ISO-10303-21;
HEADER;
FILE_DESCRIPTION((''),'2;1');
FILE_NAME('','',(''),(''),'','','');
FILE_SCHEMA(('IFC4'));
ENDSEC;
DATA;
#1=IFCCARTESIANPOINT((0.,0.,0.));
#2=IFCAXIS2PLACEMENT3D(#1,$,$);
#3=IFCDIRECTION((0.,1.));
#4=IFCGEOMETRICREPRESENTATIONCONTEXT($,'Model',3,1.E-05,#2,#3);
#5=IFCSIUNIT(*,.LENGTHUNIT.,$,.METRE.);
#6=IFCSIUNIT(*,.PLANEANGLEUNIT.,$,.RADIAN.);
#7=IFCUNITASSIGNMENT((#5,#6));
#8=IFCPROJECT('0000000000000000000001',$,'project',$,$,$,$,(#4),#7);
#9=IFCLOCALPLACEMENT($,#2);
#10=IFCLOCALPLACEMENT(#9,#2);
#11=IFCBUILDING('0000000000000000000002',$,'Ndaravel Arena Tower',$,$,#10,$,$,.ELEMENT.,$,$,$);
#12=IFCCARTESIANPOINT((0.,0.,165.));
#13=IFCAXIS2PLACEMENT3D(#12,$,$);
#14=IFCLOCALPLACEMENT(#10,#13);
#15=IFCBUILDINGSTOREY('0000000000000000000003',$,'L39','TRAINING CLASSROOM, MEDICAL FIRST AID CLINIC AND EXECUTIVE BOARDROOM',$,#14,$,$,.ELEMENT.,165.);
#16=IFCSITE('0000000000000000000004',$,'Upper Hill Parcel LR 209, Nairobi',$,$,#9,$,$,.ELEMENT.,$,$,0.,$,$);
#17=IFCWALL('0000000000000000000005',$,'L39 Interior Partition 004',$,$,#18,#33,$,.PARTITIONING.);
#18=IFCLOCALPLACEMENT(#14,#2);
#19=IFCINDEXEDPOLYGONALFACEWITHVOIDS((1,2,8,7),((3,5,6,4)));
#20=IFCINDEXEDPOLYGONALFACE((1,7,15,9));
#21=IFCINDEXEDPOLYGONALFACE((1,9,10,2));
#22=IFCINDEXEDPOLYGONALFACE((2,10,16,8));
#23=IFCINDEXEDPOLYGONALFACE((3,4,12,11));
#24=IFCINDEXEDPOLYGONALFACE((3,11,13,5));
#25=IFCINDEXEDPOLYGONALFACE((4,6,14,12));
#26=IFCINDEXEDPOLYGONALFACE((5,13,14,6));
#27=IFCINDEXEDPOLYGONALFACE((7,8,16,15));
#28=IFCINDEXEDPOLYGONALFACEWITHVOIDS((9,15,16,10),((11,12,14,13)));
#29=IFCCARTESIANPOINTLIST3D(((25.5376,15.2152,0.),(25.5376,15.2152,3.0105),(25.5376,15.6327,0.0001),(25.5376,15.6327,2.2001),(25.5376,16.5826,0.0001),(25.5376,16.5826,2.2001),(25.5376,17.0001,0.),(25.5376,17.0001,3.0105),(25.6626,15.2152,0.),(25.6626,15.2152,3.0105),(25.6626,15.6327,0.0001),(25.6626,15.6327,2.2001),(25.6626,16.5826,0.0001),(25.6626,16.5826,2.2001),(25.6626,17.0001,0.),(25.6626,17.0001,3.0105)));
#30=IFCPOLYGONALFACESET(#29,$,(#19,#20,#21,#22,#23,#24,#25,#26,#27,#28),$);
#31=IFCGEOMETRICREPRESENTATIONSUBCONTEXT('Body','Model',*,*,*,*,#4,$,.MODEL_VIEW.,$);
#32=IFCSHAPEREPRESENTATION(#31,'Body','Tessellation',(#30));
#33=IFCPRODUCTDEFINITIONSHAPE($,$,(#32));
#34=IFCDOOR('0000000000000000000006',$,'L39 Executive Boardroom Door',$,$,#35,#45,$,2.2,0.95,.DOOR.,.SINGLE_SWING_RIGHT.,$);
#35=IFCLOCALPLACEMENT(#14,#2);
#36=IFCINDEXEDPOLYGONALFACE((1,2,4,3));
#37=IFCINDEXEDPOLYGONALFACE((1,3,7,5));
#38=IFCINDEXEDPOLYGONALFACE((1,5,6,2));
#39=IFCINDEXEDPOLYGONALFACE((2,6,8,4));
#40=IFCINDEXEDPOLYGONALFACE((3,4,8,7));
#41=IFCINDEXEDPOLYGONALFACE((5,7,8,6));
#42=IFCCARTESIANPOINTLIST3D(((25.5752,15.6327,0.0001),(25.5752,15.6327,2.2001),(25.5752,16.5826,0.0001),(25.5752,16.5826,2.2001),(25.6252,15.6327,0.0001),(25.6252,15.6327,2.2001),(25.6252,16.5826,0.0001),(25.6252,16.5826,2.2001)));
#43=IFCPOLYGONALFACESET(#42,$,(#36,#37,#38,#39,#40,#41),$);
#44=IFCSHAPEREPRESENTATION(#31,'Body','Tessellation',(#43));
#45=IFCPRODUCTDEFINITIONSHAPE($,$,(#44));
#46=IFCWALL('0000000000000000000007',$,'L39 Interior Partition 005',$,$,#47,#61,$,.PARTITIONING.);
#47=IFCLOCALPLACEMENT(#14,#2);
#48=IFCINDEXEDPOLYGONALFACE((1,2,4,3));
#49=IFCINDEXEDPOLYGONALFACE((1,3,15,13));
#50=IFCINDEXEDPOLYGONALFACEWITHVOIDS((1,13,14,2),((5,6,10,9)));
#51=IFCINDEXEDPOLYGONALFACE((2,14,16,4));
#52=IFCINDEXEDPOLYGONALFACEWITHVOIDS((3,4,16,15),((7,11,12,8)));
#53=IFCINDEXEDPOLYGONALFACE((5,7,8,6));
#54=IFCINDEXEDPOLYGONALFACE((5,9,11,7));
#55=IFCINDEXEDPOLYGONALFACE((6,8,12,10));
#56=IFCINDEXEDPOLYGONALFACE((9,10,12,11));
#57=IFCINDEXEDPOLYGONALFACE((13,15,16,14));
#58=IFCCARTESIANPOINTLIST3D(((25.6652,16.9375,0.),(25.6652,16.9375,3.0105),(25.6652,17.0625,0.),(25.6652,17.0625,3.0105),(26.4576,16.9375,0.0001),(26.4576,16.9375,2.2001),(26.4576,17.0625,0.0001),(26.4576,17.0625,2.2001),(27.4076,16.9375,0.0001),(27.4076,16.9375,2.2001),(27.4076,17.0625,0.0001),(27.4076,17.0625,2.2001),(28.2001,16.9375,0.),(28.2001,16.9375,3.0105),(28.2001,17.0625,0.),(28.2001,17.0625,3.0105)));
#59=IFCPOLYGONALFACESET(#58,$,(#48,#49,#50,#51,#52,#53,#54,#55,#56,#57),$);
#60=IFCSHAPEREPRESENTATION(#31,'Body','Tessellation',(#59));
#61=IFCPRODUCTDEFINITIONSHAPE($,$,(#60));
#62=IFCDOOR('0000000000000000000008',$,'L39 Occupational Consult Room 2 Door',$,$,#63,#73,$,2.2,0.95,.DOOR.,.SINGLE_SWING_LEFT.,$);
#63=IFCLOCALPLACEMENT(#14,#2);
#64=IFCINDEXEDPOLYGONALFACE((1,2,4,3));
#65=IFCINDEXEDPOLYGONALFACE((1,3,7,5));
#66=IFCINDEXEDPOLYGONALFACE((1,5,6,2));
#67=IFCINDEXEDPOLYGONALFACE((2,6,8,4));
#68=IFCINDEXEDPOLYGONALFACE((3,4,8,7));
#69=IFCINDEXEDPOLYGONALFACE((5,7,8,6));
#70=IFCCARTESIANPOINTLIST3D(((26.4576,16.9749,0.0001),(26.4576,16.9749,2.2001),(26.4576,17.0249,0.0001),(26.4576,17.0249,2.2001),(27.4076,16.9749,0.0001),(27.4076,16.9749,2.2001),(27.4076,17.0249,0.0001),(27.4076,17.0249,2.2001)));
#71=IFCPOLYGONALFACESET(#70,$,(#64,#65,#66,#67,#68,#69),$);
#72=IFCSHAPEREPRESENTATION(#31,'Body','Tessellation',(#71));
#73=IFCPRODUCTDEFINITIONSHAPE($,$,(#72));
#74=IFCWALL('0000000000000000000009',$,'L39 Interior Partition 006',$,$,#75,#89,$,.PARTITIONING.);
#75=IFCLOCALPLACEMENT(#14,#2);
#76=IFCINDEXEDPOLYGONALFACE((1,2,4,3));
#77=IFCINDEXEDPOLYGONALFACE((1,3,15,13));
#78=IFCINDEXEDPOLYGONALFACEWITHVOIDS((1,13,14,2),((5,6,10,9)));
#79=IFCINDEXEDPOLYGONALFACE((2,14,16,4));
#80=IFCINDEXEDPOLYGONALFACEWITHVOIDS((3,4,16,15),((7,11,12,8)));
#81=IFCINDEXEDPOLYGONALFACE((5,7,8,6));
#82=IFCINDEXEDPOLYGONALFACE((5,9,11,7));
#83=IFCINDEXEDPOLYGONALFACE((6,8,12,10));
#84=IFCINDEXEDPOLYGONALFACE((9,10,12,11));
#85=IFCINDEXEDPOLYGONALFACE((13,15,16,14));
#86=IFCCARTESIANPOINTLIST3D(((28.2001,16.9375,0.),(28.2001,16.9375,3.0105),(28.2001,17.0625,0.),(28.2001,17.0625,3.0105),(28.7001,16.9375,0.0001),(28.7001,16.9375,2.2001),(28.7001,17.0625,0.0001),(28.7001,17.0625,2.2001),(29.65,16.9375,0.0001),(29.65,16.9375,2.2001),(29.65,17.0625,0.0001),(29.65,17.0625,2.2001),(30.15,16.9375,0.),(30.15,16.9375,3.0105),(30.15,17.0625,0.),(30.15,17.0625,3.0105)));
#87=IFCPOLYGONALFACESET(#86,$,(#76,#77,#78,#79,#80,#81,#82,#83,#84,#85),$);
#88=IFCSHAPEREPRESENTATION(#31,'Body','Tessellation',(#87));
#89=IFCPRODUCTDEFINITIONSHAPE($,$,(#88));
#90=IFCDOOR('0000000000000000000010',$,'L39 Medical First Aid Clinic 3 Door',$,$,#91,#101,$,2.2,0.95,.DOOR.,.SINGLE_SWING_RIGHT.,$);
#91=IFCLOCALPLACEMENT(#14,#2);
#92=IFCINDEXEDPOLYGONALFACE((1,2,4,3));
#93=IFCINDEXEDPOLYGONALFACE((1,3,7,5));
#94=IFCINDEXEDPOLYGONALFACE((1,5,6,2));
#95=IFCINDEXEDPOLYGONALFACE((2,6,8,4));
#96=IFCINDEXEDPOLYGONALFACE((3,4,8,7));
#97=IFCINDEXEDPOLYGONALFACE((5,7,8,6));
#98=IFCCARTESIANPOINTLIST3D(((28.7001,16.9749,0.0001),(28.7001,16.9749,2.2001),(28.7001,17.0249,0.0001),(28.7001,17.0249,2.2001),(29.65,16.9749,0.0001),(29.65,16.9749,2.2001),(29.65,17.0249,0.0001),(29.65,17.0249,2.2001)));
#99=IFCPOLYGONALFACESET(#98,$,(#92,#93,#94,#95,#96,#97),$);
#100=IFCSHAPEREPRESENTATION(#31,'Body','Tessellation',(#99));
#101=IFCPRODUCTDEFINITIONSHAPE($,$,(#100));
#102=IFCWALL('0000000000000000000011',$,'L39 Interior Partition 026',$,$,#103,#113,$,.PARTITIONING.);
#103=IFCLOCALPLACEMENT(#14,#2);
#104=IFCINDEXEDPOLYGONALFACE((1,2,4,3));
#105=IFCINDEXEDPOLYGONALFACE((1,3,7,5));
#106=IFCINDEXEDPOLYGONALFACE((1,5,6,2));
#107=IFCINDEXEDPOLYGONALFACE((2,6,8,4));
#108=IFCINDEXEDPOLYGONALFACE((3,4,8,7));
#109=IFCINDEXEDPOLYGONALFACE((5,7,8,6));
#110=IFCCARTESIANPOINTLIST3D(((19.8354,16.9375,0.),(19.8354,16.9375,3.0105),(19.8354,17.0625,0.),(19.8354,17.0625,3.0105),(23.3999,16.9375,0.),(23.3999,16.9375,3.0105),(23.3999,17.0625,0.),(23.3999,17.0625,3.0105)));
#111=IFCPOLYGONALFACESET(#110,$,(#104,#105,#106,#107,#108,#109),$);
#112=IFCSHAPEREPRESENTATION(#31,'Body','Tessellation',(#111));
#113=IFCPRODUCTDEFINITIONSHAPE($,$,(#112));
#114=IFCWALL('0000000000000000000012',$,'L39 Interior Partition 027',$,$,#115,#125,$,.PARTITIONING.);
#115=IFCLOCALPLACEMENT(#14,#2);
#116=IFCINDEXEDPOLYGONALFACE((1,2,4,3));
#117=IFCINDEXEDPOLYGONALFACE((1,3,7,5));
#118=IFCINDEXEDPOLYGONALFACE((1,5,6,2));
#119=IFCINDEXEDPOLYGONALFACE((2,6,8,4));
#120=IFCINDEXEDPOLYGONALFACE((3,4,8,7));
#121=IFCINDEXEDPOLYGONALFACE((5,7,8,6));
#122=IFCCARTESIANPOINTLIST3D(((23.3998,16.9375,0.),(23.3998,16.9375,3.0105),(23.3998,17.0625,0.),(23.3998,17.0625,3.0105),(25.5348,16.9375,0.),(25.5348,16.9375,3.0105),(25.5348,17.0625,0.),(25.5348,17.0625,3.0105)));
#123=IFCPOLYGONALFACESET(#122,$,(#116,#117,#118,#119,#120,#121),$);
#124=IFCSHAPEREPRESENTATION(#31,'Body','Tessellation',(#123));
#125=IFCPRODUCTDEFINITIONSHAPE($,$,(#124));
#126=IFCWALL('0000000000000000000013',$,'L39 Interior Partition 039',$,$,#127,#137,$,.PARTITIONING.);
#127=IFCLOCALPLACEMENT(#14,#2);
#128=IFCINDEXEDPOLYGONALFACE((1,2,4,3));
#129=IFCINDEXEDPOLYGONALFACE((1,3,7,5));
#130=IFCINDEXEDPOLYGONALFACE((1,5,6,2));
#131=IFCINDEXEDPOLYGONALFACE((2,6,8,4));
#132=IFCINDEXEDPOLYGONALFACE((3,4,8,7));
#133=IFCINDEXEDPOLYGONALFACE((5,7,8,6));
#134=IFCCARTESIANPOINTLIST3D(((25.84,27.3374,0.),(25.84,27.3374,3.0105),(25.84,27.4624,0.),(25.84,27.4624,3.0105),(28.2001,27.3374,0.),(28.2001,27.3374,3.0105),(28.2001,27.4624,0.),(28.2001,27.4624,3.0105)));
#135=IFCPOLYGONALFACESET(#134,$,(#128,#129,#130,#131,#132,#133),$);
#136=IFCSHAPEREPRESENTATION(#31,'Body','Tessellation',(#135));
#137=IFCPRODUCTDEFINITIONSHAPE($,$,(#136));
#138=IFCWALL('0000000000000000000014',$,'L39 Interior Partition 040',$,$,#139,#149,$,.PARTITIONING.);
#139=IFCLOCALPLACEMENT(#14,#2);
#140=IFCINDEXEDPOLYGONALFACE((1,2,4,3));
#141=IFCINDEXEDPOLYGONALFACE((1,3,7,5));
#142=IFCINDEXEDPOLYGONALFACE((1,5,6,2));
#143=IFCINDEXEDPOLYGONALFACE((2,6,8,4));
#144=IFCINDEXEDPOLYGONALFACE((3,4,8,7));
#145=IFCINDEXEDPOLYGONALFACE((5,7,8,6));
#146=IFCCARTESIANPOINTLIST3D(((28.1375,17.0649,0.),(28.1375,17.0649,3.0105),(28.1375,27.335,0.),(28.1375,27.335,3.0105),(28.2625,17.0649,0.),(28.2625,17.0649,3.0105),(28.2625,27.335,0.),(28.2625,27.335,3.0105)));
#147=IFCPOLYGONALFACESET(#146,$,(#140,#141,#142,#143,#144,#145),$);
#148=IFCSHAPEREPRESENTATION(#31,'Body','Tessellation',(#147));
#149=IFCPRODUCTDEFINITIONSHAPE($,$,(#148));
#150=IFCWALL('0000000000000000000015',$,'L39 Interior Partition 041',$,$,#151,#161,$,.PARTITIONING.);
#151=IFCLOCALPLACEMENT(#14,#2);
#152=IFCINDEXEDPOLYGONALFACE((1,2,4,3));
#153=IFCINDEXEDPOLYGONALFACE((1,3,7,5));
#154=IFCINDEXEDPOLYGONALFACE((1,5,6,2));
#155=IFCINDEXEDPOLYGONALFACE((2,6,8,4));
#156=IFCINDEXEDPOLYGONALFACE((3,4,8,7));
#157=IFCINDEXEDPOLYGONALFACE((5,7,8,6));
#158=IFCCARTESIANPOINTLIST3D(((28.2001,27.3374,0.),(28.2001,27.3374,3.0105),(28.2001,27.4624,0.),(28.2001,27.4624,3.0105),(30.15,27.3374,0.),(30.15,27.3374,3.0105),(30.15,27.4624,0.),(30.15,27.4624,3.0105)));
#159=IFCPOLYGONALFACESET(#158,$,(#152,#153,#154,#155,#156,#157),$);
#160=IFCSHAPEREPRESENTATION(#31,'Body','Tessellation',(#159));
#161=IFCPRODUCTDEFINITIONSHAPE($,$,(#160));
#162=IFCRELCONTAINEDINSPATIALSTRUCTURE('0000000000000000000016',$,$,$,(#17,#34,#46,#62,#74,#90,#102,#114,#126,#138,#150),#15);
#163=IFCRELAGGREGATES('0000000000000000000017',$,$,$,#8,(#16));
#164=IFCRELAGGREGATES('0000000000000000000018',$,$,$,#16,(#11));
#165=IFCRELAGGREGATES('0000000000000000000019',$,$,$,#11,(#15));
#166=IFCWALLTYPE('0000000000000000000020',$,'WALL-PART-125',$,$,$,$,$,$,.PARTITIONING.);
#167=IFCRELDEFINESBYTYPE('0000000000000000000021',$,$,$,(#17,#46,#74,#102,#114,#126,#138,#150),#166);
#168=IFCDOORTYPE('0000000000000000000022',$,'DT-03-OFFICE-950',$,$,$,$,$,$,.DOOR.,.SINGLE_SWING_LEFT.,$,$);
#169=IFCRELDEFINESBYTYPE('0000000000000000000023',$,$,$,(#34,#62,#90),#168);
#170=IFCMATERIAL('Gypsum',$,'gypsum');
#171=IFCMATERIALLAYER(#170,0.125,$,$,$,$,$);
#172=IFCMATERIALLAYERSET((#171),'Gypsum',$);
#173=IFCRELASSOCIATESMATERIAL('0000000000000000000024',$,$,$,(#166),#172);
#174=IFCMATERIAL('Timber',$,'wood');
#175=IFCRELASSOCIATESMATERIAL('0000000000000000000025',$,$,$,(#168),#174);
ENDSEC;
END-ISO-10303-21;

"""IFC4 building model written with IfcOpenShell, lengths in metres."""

from ifc_helpers import new_model, si_unit, direction, frame, frame_2d, origin, place, context, subcontext, project, spatial, rectangle, extrude, material, layer, layer_set, type_object, element, fill, save


model = new_model("IFC4")

# Units and contexts
model_context = context("Model", 3, precision=1e-05, world=origin(), true_north=direction((0.0, 1.0)))
body_context = subcontext(model_context, "Body", "Model", "MODEL_VIEW")
ifc_project = project(units=[si_unit("LENGTHUNIT", "METRE"), si_unit("PLANEANGLEUNIT", "RADIAN")], contexts=[model_context])

# Site, building, storey
site_placement = place(None, origin())
site = spatial("IfcSite", under=ifc_project, at=site_placement, Name="Upper Hill Parcel LR 209, Nairobi", CompositionType="ELEMENT", RefElevation=0.0)
building_placement = place(site_placement, origin())
building = spatial("IfcBuilding", under=site, at=building_placement, Name="Ndaravel Arena Tower", CompositionType="ELEMENT")
storey_placement = place(building_placement, frame((0.0, 0.0, 165.0)))
storey = spatial("IfcBuildingStorey", under=building, at=storey_placement, Name="L39", Description="TRAINING CLASSROOM, MEDICAL FIRST AID CLINIC AND EXECUTIVE BOARDROOM", CompositionType="ELEMENT", Elevation=165.0)

# Shared definitions
ifc_material_1 = material(Name="Gypsum", Category="gypsum")
ifc_layer_1 = layer(ifc_material_1, 0.125)
ifc_layer_set_1 = layer_set([ifc_layer_1], Name="Gypsum")
wall_type_1 = type_object("IfcWallType", Name="WALL-PART-125", PredefinedType="PARTITIONING", material=ifc_layer_set_1)

# Walls, openings, doors
wall_1_placement = place(storey_placement, frame((25.6001, 15.2151, 0.0), z_axis=(0.0, 0.0, 1.0), x_axis=(0.0, 1.0, 0.0)))
wall_1 = element("IfcWall", 1, at=wall_1_placement, inside=storey, type_object=wall_type_1, Name="L39 Interior Partition 004", PredefinedType="PARTITIONING", context=body_context, shape_type="SweptSolid", body=[
    extrude(rectangle(XDim=1.7849, YDim=0.125, at=frame_2d((0.8926, 0.0))), origin(), (0.0, 0.0, 1.0), 3.0105),
])
opening_1_placement = place(wall_1_placement, frame((0.4175, 0.0, 0.0)))
opening_1 = element("IfcOpeningElement", 2, at=opening_1_placement, cuts=wall_1, PredefinedType="OPENING", context=body_context, shape_type="SweptSolid", body=[
    extrude(rectangle(XDim=0.95, YDim=2.2, at=frame_2d((0.4751, 1.1001))), frame((0.0, 0.0625, 0.0), z_axis=(0.0, -1.0, 0.0), x_axis=(1.0, 0.0, 0.0)), (0.0, 0.0, 1.0), 0.125),
])
ifc_material_2 = material(Name="Timber", Category="wood")
door_type_1 = type_object("IfcDoorType", Name="DT-03-OFFICE-950", OperationType="SINGLE_SWING_LEFT", PredefinedType="DOOR", material=ifc_material_2)
door_1_placement = place(opening_1_placement, origin())
door_1 = element("IfcDoor", 3, at=door_1_placement, inside=storey, type_object=door_type_1, Name="L39 Executive Boardroom Door", OperationType="SINGLE_SWING_RIGHT", OverallHeight=2.2, OverallWidth=0.95, PredefinedType="DOOR", context=body_context, shape_type="SweptSolid", body=[
    extrude(rectangle(XDim=0.95, YDim=2.2, at=frame_2d((0.4751, 1.1001))), frame((0.0, 0.0249, 0.0), z_axis=(0.0, -1.0, 0.0), x_axis=(1.0, 0.0, 0.0)), (0.0, 0.0, 1.0), 0.05),
])
fill(opening_1, door_1)
wall_2_placement = place(storey_placement, frame((25.665, 17.0, 0.0), z_axis=(0.0, 0.0, 1.0), x_axis=(1.0, 0.0, 0.0)))
wall_2 = element("IfcWall", 4, at=wall_2_placement, inside=storey, type_object=wall_type_1, Name="L39 Interior Partition 005", PredefinedType="PARTITIONING", context=body_context, shape_type="SweptSolid", body=[
    extrude(rectangle(XDim=2.5349, YDim=0.125, at=frame_2d((1.2676, 0.0))), origin(), (0.0, 0.0, 1.0), 3.0105),
])
opening_2_placement = place(wall_2_placement, frame((0.7925, 0.0, 0.0)))
opening_2 = element("IfcOpeningElement", 5, at=opening_2_placement, cuts=wall_2, PredefinedType="OPENING", context=body_context, shape_type="SweptSolid", body=[
    extrude(rectangle(XDim=0.95, YDim=2.2, at=frame_2d((0.4751, 1.1001))), frame((0.0, 0.0625, 0.0), z_axis=(0.0, -1.0, 0.0), x_axis=(1.0, 0.0, 0.0)), (0.0, 0.0, 1.0), 0.125),
])
door_2_placement = place(opening_2_placement, origin())
door_2 = element("IfcDoor", 6, at=door_2_placement, inside=storey, type_object=door_type_1, Name="L39 Occupational Consult Room 2 Door", OperationType="SINGLE_SWING_LEFT", OverallHeight=2.2, OverallWidth=0.95, PredefinedType="DOOR", context=body_context, shape_type="SweptSolid", body=[
    extrude(rectangle(XDim=0.95, YDim=2.2, at=frame_2d((0.4751, 1.1001))), frame((0.0, 0.0249, 0.0), z_axis=(0.0, -1.0, 0.0), x_axis=(1.0, 0.0, 0.0)), (0.0, 0.0, 1.0), 0.05),
])
fill(opening_2, door_2)
wall_3_placement = place(storey_placement, frame((28.2, 17.0, 0.0), z_axis=(0.0, 0.0, 1.0), x_axis=(1.0, 0.0, 0.0)))
wall_3 = element("IfcWall", 7, at=wall_3_placement, inside=storey, type_object=wall_type_1, Name="L39 Interior Partition 006", PredefinedType="PARTITIONING", context=body_context, shape_type="SweptSolid", body=[
    extrude(rectangle(XDim=1.95, YDim=0.125, at=frame_2d((0.9751, 0.0))), origin(), (0.0, 0.0, 1.0), 3.0105),
])
opening_3_placement = place(wall_3_placement, frame((0.5, 0.0, 0.0)))
opening_3 = element("IfcOpeningElement", 8, at=opening_3_placement, cuts=wall_3, PredefinedType="OPENING", context=body_context, shape_type="SweptSolid", body=[
    extrude(rectangle(XDim=0.95, YDim=2.2, at=frame_2d((0.4751, 1.1001))), frame((0.0, 0.0625, 0.0), z_axis=(0.0, -1.0, 0.0), x_axis=(1.0, 0.0, 0.0)), (0.0, 0.0, 1.0), 0.125),
])
door_3_placement = place(opening_3_placement, origin())
door_3 = element("IfcDoor", 9, at=door_3_placement, inside=storey, type_object=door_type_1, Name="L39 Medical First Aid Clinic 3 Door", OperationType="SINGLE_SWING_RIGHT", OverallHeight=2.2, OverallWidth=0.95, PredefinedType="DOOR", context=body_context, shape_type="SweptSolid", body=[
    extrude(rectangle(XDim=0.95, YDim=2.2, at=frame_2d((0.4751, 1.1001))), frame((0.0, 0.0249, 0.0), z_axis=(0.0, -1.0, 0.0), x_axis=(1.0, 0.0, 0.0)), (0.0, 0.0, 1.0), 0.05),
])
fill(opening_3, door_3)

# Walls
wall_4_placement = place(storey_placement, frame((19.8354, 17.0, 0.0), z_axis=(0.0, 0.0, 1.0), x_axis=(1.0, 0.0, 0.0)))
element("IfcWall", 10, at=wall_4_placement, inside=storey, type_object=wall_type_1, Name="L39 Interior Partition 026", PredefinedType="PARTITIONING", context=body_context, shape_type="SweptSolid", body=[
    extrude(rectangle(XDim=3.5645, YDim=0.125, at=frame_2d((1.7822, 0.0))), origin(), (0.0, 0.0, 1.0), 3.0105),
])
wall_5_placement = place(storey_placement, frame((23.3999, 17.0, 0.0), z_axis=(0.0, 0.0, 1.0), x_axis=(1.0, 0.0, 0.0)))
element("IfcWall", 11, at=wall_5_placement, inside=storey, type_object=wall_type_1, Name="L39 Interior Partition 027", PredefinedType="PARTITIONING", context=body_context, shape_type="SweptSolid", body=[
    extrude(rectangle(XDim=2.135, YDim=0.125, at=frame_2d((1.0674, 0.0))), origin(), (0.0, 0.0, 1.0), 3.0105),
])
wall_6_placement = place(storey_placement, frame((25.8398, 27.3999, 0.0), z_axis=(0.0, 0.0, 1.0), x_axis=(1.0, 0.0, 0.0)))
element("IfcWall", 12, at=wall_6_placement, inside=storey, type_object=wall_type_1, Name="L39 Interior Partition 039", PredefinedType="PARTITIONING", context=body_context, shape_type="SweptSolid", body=[
    extrude(rectangle(XDim=2.3601, YDim=0.125, at=frame_2d((1.1802, 0.0))), origin(), (0.0, 0.0, 1.0), 3.0105),
])
wall_7_placement = place(storey_placement, frame((28.2, 27.335, 0.0), z_axis=(0.0, 0.0, 1.0), x_axis=(0.0, -1.0, 0.0)))
element("IfcWall", 13, at=wall_7_placement, inside=storey, type_object=wall_type_1, Name="L39 Interior Partition 040", PredefinedType="PARTITIONING", context=body_context, shape_type="SweptSolid", body=[
    extrude(rectangle(XDim=10.27, YDim=0.125, at=frame_2d((5.135, 0.0))), origin(), (0.0, 0.0, 1.0), 3.0105),
])
wall_8_placement = place(storey_placement, frame((28.2, 27.3999, 0.0), z_axis=(0.0, 0.0, 1.0), x_axis=(1.0, 0.0, 0.0)))
element("IfcWall", 14, at=wall_8_placement, inside=storey, type_object=wall_type_1, Name="L39 Interior Partition 041", PredefinedType="PARTITIONING", context=body_context, shape_type="SweptSolid", body=[
    extrude(rectangle(XDim=1.95, YDim=0.125, at=frame_2d((0.9751, 0.0))), origin(), (0.0, 0.0, 1.0), 3.0105),
])

save(model, "model.ifc")
